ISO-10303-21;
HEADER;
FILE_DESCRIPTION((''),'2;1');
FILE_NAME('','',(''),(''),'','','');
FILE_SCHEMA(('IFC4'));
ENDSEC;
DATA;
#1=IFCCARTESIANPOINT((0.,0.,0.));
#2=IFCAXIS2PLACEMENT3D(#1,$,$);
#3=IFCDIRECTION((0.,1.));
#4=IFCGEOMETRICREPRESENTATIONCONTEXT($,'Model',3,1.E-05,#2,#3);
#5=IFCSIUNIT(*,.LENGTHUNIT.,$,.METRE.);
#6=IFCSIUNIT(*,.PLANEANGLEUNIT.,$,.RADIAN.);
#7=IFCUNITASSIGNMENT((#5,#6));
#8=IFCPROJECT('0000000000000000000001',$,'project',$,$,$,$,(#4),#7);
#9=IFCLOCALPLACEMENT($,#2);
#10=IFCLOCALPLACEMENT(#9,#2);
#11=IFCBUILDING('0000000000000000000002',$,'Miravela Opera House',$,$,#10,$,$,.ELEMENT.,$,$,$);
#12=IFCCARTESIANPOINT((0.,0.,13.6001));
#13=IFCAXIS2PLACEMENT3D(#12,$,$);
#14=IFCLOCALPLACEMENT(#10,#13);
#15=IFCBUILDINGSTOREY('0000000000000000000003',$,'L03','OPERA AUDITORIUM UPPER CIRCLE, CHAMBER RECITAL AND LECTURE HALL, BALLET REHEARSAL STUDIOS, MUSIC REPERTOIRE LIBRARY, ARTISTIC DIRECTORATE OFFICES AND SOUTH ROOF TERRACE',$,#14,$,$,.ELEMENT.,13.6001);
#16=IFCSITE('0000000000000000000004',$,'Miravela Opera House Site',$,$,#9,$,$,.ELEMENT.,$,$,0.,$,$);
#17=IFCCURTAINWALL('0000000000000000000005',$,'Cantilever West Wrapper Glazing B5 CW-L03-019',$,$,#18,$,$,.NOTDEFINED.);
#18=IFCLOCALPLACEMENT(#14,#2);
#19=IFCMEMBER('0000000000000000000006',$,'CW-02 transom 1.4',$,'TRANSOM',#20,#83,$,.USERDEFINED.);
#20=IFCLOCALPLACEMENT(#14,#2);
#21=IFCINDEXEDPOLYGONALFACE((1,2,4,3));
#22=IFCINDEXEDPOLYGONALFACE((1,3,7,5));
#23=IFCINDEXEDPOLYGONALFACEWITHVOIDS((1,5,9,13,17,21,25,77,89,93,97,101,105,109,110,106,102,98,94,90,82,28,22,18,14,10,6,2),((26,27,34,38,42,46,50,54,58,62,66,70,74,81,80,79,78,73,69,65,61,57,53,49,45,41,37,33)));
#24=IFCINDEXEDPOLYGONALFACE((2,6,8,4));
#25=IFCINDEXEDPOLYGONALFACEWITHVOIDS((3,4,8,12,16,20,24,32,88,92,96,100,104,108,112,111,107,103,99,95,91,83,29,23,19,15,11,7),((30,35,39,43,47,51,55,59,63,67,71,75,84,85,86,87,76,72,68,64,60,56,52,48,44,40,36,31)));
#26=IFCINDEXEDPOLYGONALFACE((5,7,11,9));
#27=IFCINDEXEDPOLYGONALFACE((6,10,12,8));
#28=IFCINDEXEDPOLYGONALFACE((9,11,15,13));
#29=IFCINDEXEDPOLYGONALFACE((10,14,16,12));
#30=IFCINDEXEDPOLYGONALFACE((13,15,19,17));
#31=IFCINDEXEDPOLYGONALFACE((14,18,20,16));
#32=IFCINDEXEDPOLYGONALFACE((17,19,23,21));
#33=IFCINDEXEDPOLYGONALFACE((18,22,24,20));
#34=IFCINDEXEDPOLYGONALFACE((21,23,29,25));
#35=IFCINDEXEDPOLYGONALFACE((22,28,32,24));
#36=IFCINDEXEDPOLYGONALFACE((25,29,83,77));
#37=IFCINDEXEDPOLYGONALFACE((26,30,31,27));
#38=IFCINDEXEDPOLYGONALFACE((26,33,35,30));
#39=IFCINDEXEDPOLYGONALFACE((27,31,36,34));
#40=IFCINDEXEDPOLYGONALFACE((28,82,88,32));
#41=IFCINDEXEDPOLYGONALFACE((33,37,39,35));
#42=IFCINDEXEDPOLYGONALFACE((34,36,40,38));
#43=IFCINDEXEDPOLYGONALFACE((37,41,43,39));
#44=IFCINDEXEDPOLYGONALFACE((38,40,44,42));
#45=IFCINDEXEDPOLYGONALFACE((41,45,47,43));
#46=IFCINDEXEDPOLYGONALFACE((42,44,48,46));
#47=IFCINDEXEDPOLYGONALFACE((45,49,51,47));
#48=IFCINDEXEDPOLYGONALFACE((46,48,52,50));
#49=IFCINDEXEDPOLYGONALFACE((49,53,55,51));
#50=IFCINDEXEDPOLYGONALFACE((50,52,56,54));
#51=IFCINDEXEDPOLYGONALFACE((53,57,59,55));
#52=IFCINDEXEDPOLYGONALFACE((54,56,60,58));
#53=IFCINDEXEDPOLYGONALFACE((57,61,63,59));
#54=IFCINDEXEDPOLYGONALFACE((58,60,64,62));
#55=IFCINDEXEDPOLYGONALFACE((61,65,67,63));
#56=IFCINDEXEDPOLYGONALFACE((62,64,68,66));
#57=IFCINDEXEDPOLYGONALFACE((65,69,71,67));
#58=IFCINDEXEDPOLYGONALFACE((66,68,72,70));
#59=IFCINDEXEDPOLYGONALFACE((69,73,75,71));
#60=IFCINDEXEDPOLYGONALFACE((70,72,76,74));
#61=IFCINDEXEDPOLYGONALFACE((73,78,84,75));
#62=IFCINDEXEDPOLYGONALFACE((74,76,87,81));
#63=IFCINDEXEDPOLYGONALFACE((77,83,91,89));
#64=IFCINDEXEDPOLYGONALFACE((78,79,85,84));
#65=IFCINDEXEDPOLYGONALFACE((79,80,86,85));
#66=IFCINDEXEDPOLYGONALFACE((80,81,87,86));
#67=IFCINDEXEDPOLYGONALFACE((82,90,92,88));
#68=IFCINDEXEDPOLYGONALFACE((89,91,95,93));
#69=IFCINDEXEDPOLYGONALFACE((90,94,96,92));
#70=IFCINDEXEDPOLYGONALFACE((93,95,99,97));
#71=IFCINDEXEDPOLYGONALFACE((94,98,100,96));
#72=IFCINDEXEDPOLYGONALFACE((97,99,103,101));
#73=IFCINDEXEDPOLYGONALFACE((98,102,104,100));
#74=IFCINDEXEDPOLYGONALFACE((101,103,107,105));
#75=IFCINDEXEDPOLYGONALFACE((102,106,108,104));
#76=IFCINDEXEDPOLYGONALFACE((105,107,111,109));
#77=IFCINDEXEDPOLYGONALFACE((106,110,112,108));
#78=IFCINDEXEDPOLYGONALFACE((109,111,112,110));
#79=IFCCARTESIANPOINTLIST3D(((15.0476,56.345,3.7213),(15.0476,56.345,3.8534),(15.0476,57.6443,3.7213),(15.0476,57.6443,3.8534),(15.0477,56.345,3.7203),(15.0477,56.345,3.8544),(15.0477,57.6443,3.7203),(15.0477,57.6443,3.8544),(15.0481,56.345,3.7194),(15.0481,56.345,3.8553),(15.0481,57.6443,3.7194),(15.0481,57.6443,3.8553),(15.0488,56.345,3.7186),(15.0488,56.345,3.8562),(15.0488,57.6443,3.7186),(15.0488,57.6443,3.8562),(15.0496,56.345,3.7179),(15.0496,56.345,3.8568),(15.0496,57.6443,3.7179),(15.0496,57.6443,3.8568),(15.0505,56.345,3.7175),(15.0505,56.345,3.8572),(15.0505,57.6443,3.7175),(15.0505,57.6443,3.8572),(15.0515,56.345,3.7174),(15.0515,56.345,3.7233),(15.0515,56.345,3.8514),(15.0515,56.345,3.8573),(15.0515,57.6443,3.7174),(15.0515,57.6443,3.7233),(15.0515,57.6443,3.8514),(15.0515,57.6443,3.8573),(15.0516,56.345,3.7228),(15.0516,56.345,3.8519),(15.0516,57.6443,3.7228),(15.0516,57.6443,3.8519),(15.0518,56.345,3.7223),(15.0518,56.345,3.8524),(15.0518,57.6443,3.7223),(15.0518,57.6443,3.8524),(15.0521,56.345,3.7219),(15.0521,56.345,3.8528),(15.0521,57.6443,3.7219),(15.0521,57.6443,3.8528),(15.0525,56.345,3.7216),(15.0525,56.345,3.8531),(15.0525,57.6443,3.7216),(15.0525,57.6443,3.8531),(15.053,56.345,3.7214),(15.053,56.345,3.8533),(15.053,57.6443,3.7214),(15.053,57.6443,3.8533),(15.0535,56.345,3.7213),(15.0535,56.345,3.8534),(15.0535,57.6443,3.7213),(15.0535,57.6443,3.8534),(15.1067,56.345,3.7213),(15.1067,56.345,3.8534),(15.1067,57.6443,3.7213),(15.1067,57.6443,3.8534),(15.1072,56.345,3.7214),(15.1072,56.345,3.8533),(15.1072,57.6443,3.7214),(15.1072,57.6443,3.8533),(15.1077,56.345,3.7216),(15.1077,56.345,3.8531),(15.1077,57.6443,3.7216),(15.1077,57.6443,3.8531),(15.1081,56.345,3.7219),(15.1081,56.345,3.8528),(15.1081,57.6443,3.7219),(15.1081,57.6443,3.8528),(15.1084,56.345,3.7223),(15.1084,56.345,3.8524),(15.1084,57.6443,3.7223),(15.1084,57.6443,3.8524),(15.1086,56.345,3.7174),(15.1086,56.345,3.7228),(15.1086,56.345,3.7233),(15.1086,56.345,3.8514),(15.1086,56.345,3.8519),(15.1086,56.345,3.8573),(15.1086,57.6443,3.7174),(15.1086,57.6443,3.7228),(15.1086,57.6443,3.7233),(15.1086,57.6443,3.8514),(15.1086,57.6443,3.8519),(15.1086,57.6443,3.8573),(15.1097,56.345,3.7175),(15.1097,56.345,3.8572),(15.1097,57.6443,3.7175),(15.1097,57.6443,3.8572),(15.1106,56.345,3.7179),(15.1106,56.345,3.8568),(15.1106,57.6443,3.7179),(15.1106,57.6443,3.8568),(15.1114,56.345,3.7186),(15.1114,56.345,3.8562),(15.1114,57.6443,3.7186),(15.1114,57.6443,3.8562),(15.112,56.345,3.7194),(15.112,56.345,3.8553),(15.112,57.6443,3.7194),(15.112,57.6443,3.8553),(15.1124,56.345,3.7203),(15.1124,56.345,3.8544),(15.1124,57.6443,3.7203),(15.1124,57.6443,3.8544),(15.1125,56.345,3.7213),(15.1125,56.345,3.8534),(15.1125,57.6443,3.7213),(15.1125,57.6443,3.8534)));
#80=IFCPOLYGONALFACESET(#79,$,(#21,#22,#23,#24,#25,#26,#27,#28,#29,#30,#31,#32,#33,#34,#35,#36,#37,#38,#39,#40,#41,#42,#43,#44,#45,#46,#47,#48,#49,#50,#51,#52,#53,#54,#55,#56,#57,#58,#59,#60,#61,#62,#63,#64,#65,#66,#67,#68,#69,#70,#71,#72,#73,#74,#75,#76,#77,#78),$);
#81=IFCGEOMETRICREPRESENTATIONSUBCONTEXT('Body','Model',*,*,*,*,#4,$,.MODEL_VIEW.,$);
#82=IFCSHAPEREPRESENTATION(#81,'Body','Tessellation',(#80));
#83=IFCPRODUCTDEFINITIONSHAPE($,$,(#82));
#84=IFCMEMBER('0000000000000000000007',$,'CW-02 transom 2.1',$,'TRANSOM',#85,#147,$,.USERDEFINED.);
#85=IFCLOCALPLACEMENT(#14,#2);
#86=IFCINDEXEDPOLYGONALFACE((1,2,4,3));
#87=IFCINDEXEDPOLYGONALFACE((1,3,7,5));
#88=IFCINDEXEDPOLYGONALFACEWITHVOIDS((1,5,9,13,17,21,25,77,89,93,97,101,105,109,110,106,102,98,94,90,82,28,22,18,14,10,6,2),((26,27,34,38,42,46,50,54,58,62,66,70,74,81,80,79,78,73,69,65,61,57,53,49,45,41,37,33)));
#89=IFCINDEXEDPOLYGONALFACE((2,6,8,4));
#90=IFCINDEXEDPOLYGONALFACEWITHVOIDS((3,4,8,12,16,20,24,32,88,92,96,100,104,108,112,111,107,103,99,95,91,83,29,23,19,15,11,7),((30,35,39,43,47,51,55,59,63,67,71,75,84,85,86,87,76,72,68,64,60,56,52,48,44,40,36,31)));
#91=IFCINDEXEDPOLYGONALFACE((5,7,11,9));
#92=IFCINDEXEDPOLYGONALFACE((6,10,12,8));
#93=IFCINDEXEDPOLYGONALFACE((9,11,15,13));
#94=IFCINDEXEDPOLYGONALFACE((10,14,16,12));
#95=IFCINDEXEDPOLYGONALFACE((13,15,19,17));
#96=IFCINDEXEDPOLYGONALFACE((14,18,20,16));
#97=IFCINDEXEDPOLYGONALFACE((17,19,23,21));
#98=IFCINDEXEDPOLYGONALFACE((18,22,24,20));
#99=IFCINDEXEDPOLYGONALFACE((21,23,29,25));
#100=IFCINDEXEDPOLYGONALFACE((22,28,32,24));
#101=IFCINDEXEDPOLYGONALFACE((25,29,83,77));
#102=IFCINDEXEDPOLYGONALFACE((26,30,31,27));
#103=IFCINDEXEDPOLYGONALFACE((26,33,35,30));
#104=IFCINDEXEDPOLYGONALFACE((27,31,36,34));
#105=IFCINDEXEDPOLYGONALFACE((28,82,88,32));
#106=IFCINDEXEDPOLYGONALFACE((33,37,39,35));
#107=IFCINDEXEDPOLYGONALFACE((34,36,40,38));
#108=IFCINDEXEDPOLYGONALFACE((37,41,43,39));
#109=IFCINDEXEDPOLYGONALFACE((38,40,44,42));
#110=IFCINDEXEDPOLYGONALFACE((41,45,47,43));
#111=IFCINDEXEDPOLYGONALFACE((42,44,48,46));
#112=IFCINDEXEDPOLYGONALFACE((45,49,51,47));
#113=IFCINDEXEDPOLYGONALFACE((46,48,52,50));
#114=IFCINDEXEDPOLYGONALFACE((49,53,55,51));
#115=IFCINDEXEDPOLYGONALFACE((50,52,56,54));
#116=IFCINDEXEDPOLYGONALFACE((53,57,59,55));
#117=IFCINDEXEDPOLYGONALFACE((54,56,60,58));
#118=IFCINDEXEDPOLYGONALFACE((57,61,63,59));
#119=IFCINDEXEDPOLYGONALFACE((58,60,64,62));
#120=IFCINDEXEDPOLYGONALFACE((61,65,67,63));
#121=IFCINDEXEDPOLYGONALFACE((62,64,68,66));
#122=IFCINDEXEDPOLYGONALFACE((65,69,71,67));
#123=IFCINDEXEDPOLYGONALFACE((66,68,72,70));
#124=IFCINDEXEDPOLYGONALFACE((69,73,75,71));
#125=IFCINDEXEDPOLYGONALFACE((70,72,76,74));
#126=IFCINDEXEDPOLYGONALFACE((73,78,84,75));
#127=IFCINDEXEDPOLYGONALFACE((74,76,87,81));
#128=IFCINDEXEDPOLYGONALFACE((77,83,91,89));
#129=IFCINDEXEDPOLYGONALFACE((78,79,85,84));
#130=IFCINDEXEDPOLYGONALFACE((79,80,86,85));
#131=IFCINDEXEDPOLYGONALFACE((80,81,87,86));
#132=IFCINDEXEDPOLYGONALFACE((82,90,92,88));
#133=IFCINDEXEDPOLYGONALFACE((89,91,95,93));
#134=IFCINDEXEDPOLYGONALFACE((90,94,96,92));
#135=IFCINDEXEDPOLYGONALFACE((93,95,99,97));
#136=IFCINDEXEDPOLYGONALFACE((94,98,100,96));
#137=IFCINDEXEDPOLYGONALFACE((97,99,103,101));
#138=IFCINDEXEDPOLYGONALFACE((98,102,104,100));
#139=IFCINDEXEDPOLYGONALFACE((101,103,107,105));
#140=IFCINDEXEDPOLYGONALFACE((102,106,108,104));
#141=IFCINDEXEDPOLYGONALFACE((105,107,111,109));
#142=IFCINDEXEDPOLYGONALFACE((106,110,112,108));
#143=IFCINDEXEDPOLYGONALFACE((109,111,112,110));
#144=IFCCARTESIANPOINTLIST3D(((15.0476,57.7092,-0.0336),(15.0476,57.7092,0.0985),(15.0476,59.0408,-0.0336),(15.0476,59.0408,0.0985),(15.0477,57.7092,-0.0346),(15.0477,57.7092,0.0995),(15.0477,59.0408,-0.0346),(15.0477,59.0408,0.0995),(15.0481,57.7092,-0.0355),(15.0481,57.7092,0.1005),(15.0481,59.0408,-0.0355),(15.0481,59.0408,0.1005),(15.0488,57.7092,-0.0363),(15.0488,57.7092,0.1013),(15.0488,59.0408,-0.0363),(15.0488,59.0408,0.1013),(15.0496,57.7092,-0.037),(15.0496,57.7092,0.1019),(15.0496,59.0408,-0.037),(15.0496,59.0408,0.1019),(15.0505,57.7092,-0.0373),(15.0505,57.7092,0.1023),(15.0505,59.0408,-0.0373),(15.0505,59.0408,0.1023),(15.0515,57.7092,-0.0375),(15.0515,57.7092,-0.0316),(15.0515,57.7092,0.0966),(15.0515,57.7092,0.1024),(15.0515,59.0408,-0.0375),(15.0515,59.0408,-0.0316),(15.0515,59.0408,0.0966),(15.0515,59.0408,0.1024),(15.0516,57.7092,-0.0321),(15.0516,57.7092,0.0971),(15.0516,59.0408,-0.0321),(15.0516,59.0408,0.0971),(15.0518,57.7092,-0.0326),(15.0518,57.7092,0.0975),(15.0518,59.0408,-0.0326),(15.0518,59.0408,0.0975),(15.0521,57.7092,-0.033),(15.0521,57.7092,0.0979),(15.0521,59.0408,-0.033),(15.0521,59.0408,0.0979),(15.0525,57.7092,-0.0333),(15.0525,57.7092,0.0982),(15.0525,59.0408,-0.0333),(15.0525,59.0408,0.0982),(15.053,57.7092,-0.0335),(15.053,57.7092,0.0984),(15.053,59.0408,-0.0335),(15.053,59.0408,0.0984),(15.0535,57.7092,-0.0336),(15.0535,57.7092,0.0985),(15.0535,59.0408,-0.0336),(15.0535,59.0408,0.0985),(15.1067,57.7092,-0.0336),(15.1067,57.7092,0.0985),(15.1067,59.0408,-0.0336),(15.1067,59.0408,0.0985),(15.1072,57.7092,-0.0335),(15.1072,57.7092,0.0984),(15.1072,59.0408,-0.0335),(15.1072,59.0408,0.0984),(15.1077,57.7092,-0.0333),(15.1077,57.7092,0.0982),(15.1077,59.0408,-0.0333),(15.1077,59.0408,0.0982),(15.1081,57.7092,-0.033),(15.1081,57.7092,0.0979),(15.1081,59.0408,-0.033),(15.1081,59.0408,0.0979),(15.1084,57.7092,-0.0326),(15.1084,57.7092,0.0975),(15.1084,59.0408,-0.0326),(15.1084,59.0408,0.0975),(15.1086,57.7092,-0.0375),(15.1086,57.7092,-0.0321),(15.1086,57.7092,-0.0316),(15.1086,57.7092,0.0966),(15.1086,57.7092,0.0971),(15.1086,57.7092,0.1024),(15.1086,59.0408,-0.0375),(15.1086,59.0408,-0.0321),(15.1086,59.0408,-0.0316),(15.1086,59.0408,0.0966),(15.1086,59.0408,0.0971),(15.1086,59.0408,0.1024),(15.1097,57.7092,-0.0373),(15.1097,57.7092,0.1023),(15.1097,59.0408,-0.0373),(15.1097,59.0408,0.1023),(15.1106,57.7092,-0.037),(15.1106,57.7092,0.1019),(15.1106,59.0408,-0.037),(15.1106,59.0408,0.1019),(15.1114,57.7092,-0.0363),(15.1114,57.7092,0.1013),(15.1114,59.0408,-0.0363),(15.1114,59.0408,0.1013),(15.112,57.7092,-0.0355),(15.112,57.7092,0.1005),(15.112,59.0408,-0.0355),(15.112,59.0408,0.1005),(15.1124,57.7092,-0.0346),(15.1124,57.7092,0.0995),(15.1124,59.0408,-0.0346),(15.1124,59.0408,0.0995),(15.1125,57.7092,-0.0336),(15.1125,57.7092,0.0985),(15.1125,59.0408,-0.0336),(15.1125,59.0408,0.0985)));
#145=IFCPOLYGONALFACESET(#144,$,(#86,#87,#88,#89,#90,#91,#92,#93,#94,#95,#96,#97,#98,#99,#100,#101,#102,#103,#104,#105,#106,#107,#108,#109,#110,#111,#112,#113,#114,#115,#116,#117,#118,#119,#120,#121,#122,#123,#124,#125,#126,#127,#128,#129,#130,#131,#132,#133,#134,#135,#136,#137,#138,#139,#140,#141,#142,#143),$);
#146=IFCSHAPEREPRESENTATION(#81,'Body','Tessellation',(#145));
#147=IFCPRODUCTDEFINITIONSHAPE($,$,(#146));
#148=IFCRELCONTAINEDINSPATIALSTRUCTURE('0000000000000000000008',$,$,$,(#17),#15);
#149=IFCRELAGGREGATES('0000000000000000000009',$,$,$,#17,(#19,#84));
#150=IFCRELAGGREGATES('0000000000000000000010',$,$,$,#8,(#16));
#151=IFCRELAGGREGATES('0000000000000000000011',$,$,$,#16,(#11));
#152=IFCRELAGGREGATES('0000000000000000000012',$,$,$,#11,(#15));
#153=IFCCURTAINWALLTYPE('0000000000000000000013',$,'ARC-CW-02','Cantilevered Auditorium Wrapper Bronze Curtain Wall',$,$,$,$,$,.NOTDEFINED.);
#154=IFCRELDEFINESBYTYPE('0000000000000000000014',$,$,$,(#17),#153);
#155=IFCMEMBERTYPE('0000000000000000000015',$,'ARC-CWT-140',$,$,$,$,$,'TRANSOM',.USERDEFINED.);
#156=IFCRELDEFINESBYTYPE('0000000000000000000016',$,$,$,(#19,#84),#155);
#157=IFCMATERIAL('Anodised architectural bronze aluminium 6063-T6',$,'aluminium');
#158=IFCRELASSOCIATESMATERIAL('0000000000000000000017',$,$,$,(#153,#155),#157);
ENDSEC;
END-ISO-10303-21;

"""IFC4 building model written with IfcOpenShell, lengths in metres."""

from ifc_helpers import new_model, si_unit, direction, frame, origin, origin_2d, place, context, subcontext, project, spatial, hollow_rectangle, extrude, material, material_profile, profile_set, type_object, element, aggregate, save


model = new_model("IFC4")

# Units and contexts
model_context = context("Model", 3, precision=1e-05, world=origin(), true_north=direction((0.0, 1.0)))
body_context = subcontext(model_context, "Body", "Model", "MODEL_VIEW")
ifc_project = project(units=[si_unit("LENGTHUNIT", "METRE"), si_unit("PLANEANGLEUNIT", "RADIAN")], contexts=[model_context])

# Site, building, storey
site_placement = place(None, origin())
site = spatial("IfcSite", under=ifc_project, at=site_placement, Name="Miravela Opera House Site", CompositionType="ELEMENT", RefElevation=0.0)
building_placement = place(site_placement, origin())
building = spatial("IfcBuilding", under=site, at=building_placement, Name="Miravela Opera House", CompositionType="ELEMENT")
storey_placement = place(building_placement, frame((0.0, 0.0, 13.6001)))
storey = spatial("IfcBuildingStorey", under=building, at=storey_placement, Name="L03", Description="OPERA AUDITORIUM UPPER CIRCLE, CHAMBER RECITAL AND LECTURE HALL, BALLET REHEARSAL STUDIOS, MUSIC REPERTOIRE LIBRARY, ARTISTIC DIRECTORATE OFFICES AND SOUTH ROOF TERRACE", CompositionType="ELEMENT", Elevation=13.6001)

# Curtain wall
ifc_material_1 = material(Name="Anodised architectural bronze aluminium 6063-T6", Category="aluminium")
curtain_wall_type = type_object("IfcCurtainWallType", Name="ARC-CW-02", Description="Cantilevered Auditorium Wrapper Bronze Curtain Wall", PredefinedType="NOTDEFINED", material=ifc_material_1)
curtain_wall_1_placement = place(storey_placement, origin())
curtain_wall_1 = element("IfcCurtainWall", 1, at=curtain_wall_1_placement, inside=storey, type_object=curtain_wall_type, Name="Cantilever West Wrapper Glazing B5 CW-L03-019", PredefinedType="NOTDEFINED")

# Members
ifc_material_profile_1 = material_profile(ifc_material_1, hollow_rectangle(XDim=0.0649, YDim=0.1399, WallThickness=0.0039, InnerFilletRadius=0.002, OuterFilletRadius=0.0039, at=origin_2d()), Name="CWT-65X140")
ifc_profile_set_1 = profile_set([ifc_material_profile_1])
member_type_1 = type_object("IfcMemberType", Name="ARC-CWT-140", ElementType="TRANSOM", PredefinedType="USERDEFINED", material=ifc_profile_set_1)
member_1_placement = place(storey_placement, frame((15.0801, 56.345, 3.7874), z_axis=(0.0, 1.0, 0.0), x_axis=(-1.0, 0.0, 0.0)))
member_1 = element("IfcMember", 2, at=member_1_placement, type_object=member_type_1, Name="CW-02 transom 1.4", ObjectType="TRANSOM", PredefinedType="USERDEFINED", context=body_context, shape_type="SweptSolid", body=[
    extrude(hollow_rectangle(XDim=0.0649, YDim=0.1399, WallThickness=0.0039, InnerFilletRadius=0.002, OuterFilletRadius=0.0039, at=origin_2d()), origin(), (0.0, 0.0, 1.0), 1.2993),
])
member_2_placement = place(storey_placement, frame((15.0801, 57.7092, 0.0325), z_axis=(0.0, 1.0, 0.0), x_axis=(-1.0, 0.0, 0.0)))
member_2 = element("IfcMember", 3, at=member_2_placement, type_object=member_type_1, Name="CW-02 transom 2.1", ObjectType="TRANSOM", PredefinedType="USERDEFINED", context=body_context, shape_type="SweptSolid", body=[
    extrude(hollow_rectangle(XDim=0.0649, YDim=0.1399, WallThickness=0.0039, InnerFilletRadius=0.002, OuterFilletRadius=0.0039, at=origin_2d()), origin(), (0.0, 0.0, 1.0), 1.3315),
])

aggregate(curtain_wall_1, [member_1, member_2])

save(model, "model.ifc")
